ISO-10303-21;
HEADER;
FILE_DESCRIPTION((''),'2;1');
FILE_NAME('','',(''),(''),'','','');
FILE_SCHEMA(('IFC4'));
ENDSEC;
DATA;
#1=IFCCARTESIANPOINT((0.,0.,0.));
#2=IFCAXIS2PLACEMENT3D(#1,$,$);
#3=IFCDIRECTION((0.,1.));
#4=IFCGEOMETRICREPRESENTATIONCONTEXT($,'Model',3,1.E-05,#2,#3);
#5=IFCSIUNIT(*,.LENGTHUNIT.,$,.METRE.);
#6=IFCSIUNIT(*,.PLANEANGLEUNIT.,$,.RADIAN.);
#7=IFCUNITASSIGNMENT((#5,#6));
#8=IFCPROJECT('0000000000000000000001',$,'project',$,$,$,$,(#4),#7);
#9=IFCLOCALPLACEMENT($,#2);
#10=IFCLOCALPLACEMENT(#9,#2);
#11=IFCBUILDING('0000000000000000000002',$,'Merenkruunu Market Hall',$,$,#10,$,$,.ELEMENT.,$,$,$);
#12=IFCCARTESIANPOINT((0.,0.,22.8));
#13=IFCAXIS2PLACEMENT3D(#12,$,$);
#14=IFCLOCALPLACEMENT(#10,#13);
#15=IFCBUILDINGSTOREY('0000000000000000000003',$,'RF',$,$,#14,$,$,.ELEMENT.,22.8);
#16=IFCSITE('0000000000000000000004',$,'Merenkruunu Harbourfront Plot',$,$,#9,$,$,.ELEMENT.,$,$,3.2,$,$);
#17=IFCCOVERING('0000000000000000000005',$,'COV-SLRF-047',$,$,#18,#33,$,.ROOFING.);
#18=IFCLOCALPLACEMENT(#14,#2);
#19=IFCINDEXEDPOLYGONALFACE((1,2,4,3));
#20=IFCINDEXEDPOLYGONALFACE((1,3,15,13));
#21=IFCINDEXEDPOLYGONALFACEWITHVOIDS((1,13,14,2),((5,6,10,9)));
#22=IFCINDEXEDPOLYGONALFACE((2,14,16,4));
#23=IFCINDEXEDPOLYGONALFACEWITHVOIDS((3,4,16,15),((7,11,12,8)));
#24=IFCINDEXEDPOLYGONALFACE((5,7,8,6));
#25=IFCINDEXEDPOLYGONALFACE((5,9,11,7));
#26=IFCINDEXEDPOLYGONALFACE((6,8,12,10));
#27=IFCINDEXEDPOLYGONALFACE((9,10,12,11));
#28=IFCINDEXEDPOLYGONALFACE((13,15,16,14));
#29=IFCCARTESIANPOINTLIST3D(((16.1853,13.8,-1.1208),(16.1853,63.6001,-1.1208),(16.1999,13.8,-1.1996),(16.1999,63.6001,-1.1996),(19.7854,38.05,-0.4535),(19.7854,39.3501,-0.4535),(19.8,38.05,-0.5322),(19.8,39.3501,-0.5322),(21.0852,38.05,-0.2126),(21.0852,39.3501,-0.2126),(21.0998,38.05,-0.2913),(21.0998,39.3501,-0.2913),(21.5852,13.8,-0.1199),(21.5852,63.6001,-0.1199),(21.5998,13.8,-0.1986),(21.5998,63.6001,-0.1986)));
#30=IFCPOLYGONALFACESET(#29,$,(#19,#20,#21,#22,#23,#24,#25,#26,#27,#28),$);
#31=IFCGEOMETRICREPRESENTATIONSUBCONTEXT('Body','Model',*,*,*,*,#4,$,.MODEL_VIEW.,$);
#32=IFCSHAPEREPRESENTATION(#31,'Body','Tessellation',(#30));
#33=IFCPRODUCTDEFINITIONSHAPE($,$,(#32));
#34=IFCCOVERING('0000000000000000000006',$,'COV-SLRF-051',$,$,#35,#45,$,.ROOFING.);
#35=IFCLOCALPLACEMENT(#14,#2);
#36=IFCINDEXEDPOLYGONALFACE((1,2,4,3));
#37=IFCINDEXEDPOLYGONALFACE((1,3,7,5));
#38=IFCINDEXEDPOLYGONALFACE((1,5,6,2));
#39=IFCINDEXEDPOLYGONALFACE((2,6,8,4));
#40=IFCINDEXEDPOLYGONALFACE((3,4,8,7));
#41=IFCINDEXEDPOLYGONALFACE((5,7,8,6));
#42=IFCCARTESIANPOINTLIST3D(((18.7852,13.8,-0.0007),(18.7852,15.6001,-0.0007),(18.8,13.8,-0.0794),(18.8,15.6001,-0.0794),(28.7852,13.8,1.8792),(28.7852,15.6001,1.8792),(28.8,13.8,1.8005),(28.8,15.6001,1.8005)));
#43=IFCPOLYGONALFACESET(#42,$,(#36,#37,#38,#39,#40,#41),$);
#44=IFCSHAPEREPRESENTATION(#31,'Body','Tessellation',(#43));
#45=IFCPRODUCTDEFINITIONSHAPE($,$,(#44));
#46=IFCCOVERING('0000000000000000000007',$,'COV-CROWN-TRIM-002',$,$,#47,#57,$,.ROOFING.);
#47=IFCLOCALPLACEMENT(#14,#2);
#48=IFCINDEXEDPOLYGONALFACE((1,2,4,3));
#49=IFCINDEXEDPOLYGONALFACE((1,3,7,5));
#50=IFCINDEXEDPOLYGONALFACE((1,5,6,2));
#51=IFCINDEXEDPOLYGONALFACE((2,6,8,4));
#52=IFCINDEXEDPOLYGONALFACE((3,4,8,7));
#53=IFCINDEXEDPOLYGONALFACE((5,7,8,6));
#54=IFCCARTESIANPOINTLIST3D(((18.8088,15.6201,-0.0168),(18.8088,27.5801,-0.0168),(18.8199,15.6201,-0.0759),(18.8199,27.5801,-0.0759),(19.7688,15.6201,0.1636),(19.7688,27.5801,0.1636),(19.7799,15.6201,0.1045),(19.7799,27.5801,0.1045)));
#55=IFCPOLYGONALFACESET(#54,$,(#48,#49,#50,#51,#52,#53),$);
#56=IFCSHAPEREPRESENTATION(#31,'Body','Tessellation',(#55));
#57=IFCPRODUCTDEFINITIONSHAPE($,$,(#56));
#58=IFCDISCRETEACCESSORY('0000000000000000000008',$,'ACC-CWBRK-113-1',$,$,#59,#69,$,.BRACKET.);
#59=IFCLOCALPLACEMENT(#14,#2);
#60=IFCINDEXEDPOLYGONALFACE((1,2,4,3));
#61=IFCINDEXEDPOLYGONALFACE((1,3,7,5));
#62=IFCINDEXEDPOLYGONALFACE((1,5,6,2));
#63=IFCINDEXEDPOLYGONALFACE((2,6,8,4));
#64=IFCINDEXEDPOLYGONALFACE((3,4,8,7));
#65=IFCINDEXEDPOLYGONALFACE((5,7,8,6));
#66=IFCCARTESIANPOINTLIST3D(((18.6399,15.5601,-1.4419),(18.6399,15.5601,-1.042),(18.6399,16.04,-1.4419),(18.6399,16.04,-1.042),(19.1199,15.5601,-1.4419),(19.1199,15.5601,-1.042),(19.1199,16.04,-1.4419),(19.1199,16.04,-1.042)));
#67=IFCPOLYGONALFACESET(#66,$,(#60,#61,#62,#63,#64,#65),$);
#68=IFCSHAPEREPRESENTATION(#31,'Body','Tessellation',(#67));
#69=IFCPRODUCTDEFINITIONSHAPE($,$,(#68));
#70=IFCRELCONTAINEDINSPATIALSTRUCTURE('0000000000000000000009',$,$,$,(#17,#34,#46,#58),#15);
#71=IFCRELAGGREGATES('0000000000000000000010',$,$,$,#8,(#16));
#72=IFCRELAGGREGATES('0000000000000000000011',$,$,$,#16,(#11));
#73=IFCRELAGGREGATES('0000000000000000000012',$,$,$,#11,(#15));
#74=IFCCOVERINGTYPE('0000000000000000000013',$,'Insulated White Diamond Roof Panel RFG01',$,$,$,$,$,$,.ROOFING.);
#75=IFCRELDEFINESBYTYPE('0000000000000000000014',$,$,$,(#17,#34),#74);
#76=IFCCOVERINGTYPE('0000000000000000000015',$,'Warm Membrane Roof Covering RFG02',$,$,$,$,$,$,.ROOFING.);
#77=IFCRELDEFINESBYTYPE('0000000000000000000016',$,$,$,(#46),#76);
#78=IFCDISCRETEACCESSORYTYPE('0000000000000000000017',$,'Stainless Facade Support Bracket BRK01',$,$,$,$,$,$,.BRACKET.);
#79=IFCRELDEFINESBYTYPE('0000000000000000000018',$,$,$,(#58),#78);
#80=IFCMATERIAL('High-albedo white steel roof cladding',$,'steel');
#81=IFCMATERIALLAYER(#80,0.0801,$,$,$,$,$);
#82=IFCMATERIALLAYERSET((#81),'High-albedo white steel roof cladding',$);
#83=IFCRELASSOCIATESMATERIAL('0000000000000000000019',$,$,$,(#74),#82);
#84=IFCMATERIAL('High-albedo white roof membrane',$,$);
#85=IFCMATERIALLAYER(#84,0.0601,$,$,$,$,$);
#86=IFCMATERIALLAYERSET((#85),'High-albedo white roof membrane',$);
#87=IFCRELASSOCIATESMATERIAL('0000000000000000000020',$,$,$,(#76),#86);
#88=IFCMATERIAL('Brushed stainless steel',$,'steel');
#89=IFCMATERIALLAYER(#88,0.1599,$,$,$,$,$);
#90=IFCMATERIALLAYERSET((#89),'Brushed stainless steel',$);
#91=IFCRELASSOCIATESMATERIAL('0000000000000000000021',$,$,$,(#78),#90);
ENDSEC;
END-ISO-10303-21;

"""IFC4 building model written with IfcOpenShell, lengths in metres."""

from ifc_helpers import new_model, si_unit, direction, frame, origin, origin_2d, place, context, subcontext, project, spatial, polyline, rectangle, outline, extrude, material, layer, layer_set, type_object, element, save


model = new_model("IFC4")

# Units and contexts
model_context = context("Model", 3, precision=1e-05, world=origin(), true_north=direction((0.0, 1.0)))
body_context = subcontext(model_context, "Body", "Model", "MODEL_VIEW")
ifc_project = project(units=[si_unit("LENGTHUNIT", "METRE"), si_unit("PLANEANGLEUNIT", "RADIAN")], contexts=[model_context])

# Site, building, storey
site_placement = place(None, origin())
site = spatial("IfcSite", under=ifc_project, at=site_placement, Name="Merenkruunu Harbourfront Plot", CompositionType="ELEMENT", RefElevation=3.2)
building_placement = place(site_placement, origin())
building = spatial("IfcBuilding", under=site, at=building_placement, Name="Merenkruunu Market Hall", CompositionType="ELEMENT")
storey_placement = place(building_placement, frame((0.0, 0.0, 22.8)))
storey = spatial("IfcBuildingStorey", under=building, at=storey_placement, Name="RF", CompositionType="ELEMENT", Elevation=22.8)

# Coverings
ifc_material_1 = material(Name="High-albedo white steel roof cladding", Category="steel")
ifc_layer_1 = layer(ifc_material_1, 0.0801)
ifc_layer_set_1 = layer_set([ifc_layer_1], Name="High-albedo white steel roof cladding")
covering_type_1 = type_object("IfcCoveringType", Name="Insulated White Diamond Roof Panel RFG01", PredefinedType="ROOFING", material=ifc_layer_set_1)
covering_1_placement = place(storey_placement, frame((16.1853, 13.8, -1.1208), z_axis=(-0.182264, 0.0, 0.98325), x_axis=(0.98325, 0.0, 0.182264)))
element("IfcCovering", 1, at=covering_1_placement, inside=storey, type_object=covering_type_1, Name="COV-SLRF-047", PredefinedType="ROOFING", context=body_context, shape_type="SweptSolid", body=[
    extrude(outline(polyline([(0.0, 0.0), (5.4919, 0.0), (5.4919, 49.8), (0.0, 49.8), (0.0, 0.0)]), holes=[polyline([(3.6614, 24.25), (4.9834, 24.25), (4.9834, 25.55), (3.6614, 25.55), (3.6614, 24.25)])]), origin(), (0.0, 0.0, -1.0), 0.0801),
])
covering_2_placement = place(storey_placement, frame((18.7852, 13.8, -0.0007), z_axis=(-0.184752, 0.0, 0.982785), x_axis=(0.982785, 0.0, 0.184752)))
element("IfcCovering", 2, at=covering_2_placement, inside=storey, type_object=covering_type_1, Name="COV-SLRF-051", PredefinedType="ROOFING", context=body_context, shape_type="SweptSolid", body=[
    extrude(outline(polyline([(0.0, 0.0), (10.1752, 0.0), (10.1752, 1.8), (0.0, 1.8), (0.0, 0.0)])), origin(), (0.0, 0.0, -1.0), 0.0801),
])
ifc_material_2 = material(Name="High-albedo white roof membrane")
ifc_layer_2 = layer(ifc_material_2, 0.0601)
ifc_layer_set_2 = layer_set([ifc_layer_2], Name="High-albedo white roof membrane")
covering_type_2 = type_object("IfcCoveringType", Name="Warm Membrane Roof Covering RFG02", PredefinedType="ROOFING", material=ifc_layer_set_2)
covering_3_placement = place(storey_placement, frame((18.8088, 15.6201, -0.0168), z_axis=(-0.184711, 0.0, 0.982793), x_axis=(0.982793, 0.0, 0.184711)))
element("IfcCovering", 3, at=covering_3_placement, inside=storey, type_object=covering_type_2, Name="COV-CROWN-TRIM-002", PredefinedType="ROOFING", context=body_context, shape_type="SweptSolid", body=[
    extrude(outline(polyline([(0.0, 0.0), (0.9768, 0.0), (0.9768, 11.96), (0.0, 11.96), (0.0, 0.0)])), origin(), (0.0, 0.0, -1.0), 0.0601),
])

# Discrete accessory
ifc_material_3 = material(Name="Brushed stainless steel", Category="steel")
ifc_layer_3 = layer(ifc_material_3, 0.1599)
ifc_layer_set_3 = layer_set([ifc_layer_3], Name="Brushed stainless steel")
discrete_accessory_type = type_object("IfcDiscreteAccessoryType", Name="Stainless Facade Support Bracket BRK01", PredefinedType="BRACKET", material=ifc_layer_set_3)
discrete_accessory_placement = place(storey_placement, frame((18.8799, 15.8, -1.4419), z_axis=(0.0, 0.0, 1.0), x_axis=(1.0, 0.0, 0.0)))
element("IfcDiscreteAccessory", 4, at=discrete_accessory_placement, inside=storey, type_object=discrete_accessory_type, Name="ACC-CWBRK-113-1", PredefinedType="BRACKET", context=body_context, shape_type="SweptSolid", body=[
    extrude(rectangle(XDim=0.48, YDim=0.48, at=origin_2d()), origin(), (0.0, 0.0, 1.0), 0.3999),
])

save(model, "model.ifc")
